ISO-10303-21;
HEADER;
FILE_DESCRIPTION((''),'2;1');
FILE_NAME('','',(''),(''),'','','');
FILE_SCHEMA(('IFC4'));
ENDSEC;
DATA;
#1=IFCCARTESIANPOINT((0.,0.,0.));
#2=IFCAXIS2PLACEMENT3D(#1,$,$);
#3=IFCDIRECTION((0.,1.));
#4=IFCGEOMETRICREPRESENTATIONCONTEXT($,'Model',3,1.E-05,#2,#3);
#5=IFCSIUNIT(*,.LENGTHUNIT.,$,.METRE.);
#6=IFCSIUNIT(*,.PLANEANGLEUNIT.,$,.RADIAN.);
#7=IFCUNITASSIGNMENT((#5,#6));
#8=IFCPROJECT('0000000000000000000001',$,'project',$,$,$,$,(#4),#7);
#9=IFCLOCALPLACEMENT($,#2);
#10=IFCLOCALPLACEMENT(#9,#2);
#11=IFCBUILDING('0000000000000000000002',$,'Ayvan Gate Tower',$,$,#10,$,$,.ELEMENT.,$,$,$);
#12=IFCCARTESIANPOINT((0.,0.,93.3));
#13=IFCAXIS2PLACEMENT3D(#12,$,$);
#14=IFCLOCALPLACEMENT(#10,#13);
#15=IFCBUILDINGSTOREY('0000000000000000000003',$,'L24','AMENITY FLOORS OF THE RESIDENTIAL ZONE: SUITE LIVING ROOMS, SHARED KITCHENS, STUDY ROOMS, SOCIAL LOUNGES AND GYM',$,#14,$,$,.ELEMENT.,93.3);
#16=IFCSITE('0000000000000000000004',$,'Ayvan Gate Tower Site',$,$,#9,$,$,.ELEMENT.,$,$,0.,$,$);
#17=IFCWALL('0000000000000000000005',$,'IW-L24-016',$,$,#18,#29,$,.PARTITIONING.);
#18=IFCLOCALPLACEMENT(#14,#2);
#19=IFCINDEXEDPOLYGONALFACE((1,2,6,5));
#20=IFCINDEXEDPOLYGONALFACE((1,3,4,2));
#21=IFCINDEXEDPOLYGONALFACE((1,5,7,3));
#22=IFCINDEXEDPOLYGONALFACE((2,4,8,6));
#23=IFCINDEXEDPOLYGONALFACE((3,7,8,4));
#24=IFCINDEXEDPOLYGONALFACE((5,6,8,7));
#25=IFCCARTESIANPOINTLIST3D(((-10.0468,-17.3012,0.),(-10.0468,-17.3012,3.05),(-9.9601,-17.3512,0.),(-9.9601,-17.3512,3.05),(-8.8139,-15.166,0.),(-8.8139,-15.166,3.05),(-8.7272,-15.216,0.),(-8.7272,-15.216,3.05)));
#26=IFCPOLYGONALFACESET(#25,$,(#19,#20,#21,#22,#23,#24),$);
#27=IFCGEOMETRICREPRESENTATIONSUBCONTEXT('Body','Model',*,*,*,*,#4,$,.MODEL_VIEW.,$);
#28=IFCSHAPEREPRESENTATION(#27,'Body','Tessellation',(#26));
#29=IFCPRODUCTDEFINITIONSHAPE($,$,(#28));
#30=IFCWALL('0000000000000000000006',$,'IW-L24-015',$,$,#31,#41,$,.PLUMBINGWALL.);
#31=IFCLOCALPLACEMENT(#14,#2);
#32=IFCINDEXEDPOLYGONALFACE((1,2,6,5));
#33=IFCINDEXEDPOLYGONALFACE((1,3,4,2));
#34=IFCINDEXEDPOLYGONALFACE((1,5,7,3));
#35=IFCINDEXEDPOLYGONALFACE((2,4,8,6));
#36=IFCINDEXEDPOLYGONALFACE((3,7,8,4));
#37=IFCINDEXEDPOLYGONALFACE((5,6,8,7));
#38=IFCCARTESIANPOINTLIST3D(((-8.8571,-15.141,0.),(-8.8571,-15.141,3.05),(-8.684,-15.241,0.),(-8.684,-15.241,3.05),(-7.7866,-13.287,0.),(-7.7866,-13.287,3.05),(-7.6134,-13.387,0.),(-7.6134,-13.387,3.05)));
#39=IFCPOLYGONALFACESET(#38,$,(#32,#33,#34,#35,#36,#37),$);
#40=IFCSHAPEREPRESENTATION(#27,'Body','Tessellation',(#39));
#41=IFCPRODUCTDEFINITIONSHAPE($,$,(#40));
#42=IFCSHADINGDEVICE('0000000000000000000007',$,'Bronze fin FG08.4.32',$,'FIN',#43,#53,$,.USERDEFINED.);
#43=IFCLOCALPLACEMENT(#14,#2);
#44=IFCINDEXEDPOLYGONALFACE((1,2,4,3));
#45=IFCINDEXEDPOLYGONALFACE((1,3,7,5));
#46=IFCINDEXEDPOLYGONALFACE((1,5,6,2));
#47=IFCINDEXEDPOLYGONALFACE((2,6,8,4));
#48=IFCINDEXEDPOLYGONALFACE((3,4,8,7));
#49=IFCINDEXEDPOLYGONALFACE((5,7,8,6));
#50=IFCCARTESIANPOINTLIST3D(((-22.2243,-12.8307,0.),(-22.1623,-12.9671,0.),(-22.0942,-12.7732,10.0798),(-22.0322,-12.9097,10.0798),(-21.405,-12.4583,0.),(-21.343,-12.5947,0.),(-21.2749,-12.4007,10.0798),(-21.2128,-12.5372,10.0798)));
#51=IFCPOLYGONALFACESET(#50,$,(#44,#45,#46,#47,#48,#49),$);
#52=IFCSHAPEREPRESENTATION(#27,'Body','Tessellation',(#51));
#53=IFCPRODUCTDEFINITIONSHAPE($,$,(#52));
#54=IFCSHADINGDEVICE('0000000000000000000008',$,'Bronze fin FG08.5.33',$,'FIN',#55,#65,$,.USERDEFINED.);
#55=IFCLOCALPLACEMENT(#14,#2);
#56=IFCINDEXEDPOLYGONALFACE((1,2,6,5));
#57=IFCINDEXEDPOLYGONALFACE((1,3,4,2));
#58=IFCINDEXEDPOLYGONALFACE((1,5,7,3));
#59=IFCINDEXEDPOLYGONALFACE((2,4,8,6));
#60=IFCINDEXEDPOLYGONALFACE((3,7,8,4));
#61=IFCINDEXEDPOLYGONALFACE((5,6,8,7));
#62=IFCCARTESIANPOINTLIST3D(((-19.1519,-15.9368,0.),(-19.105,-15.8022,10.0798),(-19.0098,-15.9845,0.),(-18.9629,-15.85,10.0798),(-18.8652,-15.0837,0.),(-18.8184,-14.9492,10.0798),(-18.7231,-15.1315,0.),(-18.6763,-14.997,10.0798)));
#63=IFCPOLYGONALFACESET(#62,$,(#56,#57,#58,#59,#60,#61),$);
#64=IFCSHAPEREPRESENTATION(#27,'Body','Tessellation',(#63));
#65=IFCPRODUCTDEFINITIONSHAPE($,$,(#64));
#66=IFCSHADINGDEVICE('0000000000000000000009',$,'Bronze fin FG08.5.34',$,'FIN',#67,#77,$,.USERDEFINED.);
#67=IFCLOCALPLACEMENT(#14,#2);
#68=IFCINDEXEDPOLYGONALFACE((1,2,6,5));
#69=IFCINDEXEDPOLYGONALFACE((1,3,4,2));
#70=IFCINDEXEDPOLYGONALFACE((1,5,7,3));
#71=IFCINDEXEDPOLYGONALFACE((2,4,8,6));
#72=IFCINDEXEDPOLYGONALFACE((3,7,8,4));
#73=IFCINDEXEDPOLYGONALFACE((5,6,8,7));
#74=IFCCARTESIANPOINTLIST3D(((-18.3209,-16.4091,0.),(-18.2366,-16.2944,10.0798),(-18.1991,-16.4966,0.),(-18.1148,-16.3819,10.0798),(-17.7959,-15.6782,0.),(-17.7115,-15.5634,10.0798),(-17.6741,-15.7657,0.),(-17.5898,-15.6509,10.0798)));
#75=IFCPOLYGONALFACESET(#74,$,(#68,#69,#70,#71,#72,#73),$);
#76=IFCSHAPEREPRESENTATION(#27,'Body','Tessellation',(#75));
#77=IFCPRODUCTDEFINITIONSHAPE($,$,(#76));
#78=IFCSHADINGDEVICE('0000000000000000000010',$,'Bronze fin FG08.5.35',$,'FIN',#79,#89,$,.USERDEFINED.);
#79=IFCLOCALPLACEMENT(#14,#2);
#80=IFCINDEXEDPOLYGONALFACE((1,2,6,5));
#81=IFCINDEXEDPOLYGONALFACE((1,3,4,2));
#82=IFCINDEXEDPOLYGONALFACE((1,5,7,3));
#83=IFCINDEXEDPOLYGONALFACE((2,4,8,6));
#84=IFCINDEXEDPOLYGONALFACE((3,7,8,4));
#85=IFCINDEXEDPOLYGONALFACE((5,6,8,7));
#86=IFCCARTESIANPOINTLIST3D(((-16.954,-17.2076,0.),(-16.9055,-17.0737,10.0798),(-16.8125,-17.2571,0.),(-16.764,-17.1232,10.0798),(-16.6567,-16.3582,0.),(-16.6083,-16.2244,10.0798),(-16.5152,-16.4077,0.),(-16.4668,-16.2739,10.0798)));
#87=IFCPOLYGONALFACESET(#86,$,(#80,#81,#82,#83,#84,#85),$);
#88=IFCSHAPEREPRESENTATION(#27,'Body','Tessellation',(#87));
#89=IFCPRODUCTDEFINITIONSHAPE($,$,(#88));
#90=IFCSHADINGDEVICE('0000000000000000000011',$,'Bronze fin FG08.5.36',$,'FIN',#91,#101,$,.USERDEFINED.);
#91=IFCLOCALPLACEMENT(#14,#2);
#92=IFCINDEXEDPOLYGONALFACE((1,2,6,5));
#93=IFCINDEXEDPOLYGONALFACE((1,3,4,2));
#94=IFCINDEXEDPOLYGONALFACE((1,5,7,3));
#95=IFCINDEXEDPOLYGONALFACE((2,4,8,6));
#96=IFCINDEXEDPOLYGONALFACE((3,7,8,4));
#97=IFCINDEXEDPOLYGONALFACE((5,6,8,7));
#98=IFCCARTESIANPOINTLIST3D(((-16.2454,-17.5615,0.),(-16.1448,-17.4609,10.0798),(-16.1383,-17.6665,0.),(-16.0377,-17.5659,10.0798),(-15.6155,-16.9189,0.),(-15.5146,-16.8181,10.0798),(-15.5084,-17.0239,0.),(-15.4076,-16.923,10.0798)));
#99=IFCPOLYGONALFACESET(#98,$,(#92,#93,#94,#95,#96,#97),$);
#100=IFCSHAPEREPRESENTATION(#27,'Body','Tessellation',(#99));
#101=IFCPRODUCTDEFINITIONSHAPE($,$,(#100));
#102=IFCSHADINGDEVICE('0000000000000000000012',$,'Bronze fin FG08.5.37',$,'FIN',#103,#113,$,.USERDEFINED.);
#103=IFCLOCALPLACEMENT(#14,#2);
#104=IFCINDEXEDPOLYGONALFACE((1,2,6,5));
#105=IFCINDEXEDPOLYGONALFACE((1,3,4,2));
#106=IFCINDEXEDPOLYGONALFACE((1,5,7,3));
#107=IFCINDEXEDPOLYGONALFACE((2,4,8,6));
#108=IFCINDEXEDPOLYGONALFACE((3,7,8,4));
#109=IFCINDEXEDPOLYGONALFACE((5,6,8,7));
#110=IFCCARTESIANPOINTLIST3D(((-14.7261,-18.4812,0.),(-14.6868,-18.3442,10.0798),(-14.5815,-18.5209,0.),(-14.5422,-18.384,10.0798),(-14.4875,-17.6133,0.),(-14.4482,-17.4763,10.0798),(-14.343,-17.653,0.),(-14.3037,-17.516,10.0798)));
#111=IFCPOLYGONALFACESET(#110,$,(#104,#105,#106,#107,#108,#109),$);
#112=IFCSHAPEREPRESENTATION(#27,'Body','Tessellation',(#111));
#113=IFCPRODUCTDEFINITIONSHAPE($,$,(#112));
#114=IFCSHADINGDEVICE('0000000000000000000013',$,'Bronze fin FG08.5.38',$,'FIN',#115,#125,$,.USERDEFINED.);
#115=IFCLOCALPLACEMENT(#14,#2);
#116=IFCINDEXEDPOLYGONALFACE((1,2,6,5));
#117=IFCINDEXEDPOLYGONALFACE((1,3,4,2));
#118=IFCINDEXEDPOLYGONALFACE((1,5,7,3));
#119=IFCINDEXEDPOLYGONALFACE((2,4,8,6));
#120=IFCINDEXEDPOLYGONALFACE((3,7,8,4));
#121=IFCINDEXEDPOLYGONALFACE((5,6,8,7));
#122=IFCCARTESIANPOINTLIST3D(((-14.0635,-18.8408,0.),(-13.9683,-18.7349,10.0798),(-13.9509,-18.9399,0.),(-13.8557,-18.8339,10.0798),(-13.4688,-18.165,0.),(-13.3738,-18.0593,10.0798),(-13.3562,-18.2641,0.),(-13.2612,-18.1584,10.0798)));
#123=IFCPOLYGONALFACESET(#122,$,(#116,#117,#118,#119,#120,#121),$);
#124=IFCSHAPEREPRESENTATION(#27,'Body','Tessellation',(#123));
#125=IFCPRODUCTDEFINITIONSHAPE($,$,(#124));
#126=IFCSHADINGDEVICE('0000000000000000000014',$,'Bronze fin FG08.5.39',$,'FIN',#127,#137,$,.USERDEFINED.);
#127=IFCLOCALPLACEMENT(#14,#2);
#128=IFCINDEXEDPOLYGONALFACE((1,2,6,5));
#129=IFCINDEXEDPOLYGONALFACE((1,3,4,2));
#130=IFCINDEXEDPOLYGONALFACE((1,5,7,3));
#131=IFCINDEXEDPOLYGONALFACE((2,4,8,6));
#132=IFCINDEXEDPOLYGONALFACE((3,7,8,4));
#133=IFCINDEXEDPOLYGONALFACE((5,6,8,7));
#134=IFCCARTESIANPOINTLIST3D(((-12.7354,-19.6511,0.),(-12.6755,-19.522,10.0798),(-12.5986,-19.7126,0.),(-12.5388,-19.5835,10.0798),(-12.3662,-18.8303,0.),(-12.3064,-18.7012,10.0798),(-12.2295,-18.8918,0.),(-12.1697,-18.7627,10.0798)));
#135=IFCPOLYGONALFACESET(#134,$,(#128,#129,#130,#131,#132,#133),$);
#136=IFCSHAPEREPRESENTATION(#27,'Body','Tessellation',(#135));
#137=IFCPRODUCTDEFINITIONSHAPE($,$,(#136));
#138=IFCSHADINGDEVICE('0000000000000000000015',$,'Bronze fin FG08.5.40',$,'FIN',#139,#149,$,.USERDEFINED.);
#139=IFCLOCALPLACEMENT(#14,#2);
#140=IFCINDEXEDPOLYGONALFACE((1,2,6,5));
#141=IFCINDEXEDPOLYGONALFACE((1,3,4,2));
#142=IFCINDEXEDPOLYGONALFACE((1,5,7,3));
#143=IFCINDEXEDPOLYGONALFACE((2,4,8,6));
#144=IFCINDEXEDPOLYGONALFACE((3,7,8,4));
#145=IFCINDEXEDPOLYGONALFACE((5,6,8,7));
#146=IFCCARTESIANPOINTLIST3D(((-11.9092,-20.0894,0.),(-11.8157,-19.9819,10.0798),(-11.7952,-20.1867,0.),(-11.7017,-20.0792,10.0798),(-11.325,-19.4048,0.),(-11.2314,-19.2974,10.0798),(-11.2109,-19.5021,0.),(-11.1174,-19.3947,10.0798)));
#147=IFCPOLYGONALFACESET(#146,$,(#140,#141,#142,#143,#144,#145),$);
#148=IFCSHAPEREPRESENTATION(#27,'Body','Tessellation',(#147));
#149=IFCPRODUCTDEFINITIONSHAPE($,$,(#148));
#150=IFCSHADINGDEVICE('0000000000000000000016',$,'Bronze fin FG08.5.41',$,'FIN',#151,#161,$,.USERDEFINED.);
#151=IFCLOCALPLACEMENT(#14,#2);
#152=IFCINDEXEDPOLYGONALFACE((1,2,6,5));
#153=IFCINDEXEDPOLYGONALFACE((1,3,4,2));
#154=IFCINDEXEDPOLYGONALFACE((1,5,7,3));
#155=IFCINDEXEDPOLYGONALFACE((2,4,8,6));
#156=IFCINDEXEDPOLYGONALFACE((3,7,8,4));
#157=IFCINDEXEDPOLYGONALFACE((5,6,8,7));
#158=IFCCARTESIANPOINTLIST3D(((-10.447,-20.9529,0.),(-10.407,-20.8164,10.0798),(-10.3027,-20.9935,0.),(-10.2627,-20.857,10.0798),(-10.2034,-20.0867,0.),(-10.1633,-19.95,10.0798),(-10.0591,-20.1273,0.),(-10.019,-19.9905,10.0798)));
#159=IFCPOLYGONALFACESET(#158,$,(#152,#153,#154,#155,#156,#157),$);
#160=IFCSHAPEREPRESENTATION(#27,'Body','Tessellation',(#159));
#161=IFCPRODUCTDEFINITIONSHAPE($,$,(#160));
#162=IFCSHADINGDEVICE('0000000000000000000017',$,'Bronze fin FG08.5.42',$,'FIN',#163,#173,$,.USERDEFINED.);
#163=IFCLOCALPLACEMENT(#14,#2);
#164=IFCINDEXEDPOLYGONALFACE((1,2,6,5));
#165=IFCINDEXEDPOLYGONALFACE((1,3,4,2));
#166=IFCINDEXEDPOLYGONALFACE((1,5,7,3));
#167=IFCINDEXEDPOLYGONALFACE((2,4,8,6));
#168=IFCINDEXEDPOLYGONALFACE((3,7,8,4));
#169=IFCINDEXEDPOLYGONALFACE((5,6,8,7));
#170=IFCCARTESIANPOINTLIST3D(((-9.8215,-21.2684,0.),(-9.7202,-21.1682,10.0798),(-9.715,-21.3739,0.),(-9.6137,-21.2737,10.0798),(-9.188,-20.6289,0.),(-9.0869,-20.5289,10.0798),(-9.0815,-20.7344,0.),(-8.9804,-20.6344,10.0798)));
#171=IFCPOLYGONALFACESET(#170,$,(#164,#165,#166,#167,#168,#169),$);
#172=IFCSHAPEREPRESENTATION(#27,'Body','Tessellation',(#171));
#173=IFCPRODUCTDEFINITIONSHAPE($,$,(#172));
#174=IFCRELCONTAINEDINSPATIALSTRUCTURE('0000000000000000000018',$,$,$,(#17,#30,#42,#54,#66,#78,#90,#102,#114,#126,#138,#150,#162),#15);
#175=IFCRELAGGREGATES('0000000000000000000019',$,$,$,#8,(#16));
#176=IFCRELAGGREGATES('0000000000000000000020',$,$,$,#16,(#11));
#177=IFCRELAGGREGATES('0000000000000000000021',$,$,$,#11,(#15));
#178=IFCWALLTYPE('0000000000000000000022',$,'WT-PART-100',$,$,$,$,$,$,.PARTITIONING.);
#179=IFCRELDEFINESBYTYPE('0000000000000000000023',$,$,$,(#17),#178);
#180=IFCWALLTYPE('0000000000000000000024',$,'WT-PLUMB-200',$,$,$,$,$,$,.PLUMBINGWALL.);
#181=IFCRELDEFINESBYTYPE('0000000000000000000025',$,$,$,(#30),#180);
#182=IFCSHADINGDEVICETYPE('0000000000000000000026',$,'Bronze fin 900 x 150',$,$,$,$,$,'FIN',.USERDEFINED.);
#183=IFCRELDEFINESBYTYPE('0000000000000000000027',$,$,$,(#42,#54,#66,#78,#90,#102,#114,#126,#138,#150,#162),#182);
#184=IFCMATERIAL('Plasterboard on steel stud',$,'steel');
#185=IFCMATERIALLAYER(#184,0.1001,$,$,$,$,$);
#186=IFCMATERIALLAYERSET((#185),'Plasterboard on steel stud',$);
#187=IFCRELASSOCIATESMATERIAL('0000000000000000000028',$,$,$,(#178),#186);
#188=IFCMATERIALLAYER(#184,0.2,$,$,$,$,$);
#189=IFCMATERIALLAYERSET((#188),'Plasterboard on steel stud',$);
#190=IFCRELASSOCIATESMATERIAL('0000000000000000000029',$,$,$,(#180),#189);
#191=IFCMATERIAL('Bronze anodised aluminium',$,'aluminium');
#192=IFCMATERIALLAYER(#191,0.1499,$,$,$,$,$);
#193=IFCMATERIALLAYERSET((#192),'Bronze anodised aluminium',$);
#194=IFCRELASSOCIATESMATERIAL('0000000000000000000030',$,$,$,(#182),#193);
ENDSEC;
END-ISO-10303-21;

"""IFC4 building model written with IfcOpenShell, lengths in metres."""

from ifc_helpers import new_model, si_unit, direction, frame, frame_2d, origin, place, context, subcontext, project, spatial, polyline, rectangle, outline, extrude, material, layer, layer_set, type_object, element, save


model = new_model("IFC4")

# Units and contexts
model_context = context("Model", 3, precision=1e-05, world=origin(), true_north=direction((0.0, 1.0)))
body_context = subcontext(model_context, "Body", "Model", "MODEL_VIEW")
ifc_project = project(units=[si_unit("LENGTHUNIT", "METRE"), si_unit("PLANEANGLEUNIT", "RADIAN")], contexts=[model_context])

# Site, building, storey
site_placement = place(None, origin())
site = spatial("IfcSite", under=ifc_project, at=site_placement, Name="Ayvan Gate Tower Site", CompositionType="ELEMENT", RefElevation=0.0)
building_placement = place(site_placement, origin())
building = spatial("IfcBuilding", under=site, at=building_placement, Name="Ayvan Gate Tower", CompositionType="ELEMENT")
storey_placement = place(building_placement, frame((0.0, 0.0, 93.3)))
storey = spatial("IfcBuildingStorey", under=building, at=storey_placement, Name="L24", Description="AMENITY FLOORS OF THE RESIDENTIAL ZONE: SUITE LIVING ROOMS, SHARED KITCHENS, STUDY ROOMS, SOCIAL LOUNGES AND GYM", CompositionType="ELEMENT", Elevation=93.3)

# Shared definitions
ifc_material_1 = material(Name="Bronze anodised aluminium", Category="aluminium")

# Walls
ifc_material_2 = material(Name="Plasterboard on steel stud", Category="steel")
ifc_layer_1 = layer(ifc_material_2, 0.1001)
ifc_layer_set_1 = layer_set([ifc_layer_1], Name="Plasterboard on steel stud")
wall_type_1 = type_object("IfcWallType", Name="WT-PART-100", PredefinedType="PARTITIONING", material=ifc_layer_set_1)
wall_1_placement = place(storey_placement, frame((-8.7705, -15.1909, 0.0), z_axis=(0.0, 0.0, 1.0), x_axis=(-0.500037, -0.866004, 0.0)))
element("IfcWall", 1, at=wall_1_placement, inside=storey, type_object=wall_type_1, Name="IW-L24-016", PredefinedType="PARTITIONING", context=body_context, shape_type="SweptSolid", body=[
    extrude(rectangle(XDim=2.4656, YDim=0.1001, at=frame_2d((1.2329, 0.0))), origin(), (0.0, 0.0, 1.0), 3.05),
])
ifc_layer_2 = layer(ifc_material_2, 0.2)
ifc_layer_set_2 = layer_set([ifc_layer_2], Name="Plasterboard on steel stud")
wall_type_2 = type_object("IfcWallType", Name="WT-PLUMB-200", PredefinedType="PLUMBINGWALL", material=ifc_layer_set_2)
wall_2_placement = place(storey_placement, frame((-8.7705, -15.1909, 0.0), z_axis=(0.0, 0.0, 1.0), x_axis=(0.500051, 0.865996, 0.0)))
element("IfcWall", 2, at=wall_2_placement, inside=storey, type_object=wall_type_2, Name="IW-L24-015", PredefinedType="PLUMBINGWALL", context=body_context, shape_type="SweptSolid", body=[
    extrude(rectangle(XDim=2.1409, YDim=0.2, at=frame_2d((1.0703, 0.0))), origin(), (0.0, 0.0, 1.0), 3.05),
])

# Shading devices
ifc_layer_3 = layer(ifc_material_1, 0.1499)
ifc_layer_set_3 = layer_set([ifc_layer_3], Name="Bronze anodised aluminium")
shading_device_type = type_object("IfcShadingDeviceType", Name="Bronze fin 900 x 150", ElementType="FIN", PredefinedType="USERDEFINED", material=ifc_layer_set_3)
shading_device_1_placement = place(storey_placement, frame((-21.405, -12.4583, 0.0), z_axis=(-0.413813, 0.910362, 0.000149), x_axis=(-0.910362, -0.413813, 0.0)))
element("IfcShadingDevice", 3, at=shading_device_1_placement, inside=storey, type_object=shading_device_type, Name="Bronze fin FG08.4.32", ObjectType="FIN", PredefinedType="USERDEFINED", context=body_context, shape_type="SweptSolid", body=[
    extrude(outline(polyline([(0.0, 0.0), (0.9, 0.0), (0.7578, 10.0798), (-0.1423, 10.0798), (0.0, 0.0)])), origin(), (0.0, 0.0, -1.0), 0.1499),
])
shading_device_2_placement = place(storey_placement, frame((-18.8652, -15.0837, 0.0), z_axis=(-0.947921, 0.318506, 0.000158), x_axis=(-0.318506, -0.947921, 0.0)))
element("IfcShadingDevice", 4, at=shading_device_2_placement, inside=storey, type_object=shading_device_type, Name="Bronze fin FG08.5.33", ObjectType="FIN", PredefinedType="USERDEFINED", context=body_context, shape_type="SweptSolid", body=[
    extrude(outline(polyline([(0.0, 0.0), (0.8999, 0.0), (0.7574, 10.0798), (-0.1424, 10.0798), (0.0, 0.0)])), origin(), (0.0, 0.0, -1.0), 0.1499),
])
shading_device_3_placement = place(storey_placement, frame((-17.7959, -15.6782, 0.0), z_axis=(-0.8122, 0.583379, 0.000156), x_axis=(-0.583379, -0.8122, 0.0)))
element("IfcShadingDevice", 5, at=shading_device_3_placement, inside=storey, type_object=shading_device_type, Name="Bronze fin FG08.5.34", ObjectType="FIN", PredefinedType="USERDEFINED", context=body_context, shape_type="SweptSolid", body=[
    extrude(outline(polyline([(0.0, 0.0), (0.8999, 0.0), (0.7576, 10.0798), (-0.1425, 10.0798), (0.0, 0.0)])), origin(), (0.0, 0.0, -1.0), 0.1499),
])
shading_device_4_placement = place(storey_placement, frame((-16.6567, -16.3582, 0.0), z_axis=(-0.943871, 0.330314, 0.000154), x_axis=(-0.330314, -0.943871, 0.0)))
element("IfcShadingDevice", 6, at=shading_device_4_placement, inside=storey, type_object=shading_device_type, Name="Bronze fin FG08.5.35", ObjectType="FIN", PredefinedType="USERDEFINED", context=body_context, shape_type="SweptSolid", body=[
    extrude(outline(polyline([(0.0, 0.0), (0.8999, 0.0), (0.7576, 10.0798), (-0.1422, 10.0798), (0.0, 0.0)])), origin(), (0.0, 0.0, -1.0), 0.1499),
])
shading_device_5_placement = place(storey_placement, frame((-15.6155, -16.9189, 0.0), z_axis=(-0.714125, 0.700019, 0.000141), x_axis=(-0.700019, -0.714125, 0.0)))
element("IfcShadingDevice", 7, at=shading_device_5_placement, inside=storey, type_object=shading_device_type, Name="Bronze fin FG08.5.36", ObjectType="FIN", PredefinedType="USERDEFINED", context=body_context, shape_type="SweptSolid", body=[
    extrude(outline(polyline([(0.0, 0.0), (0.8998, 0.0), (0.7576, 10.0798), (-0.1426, 10.0798), (0.0, 0.0)])), origin(), (0.0, 0.0, -1.0), 0.1499),
])
shading_device_6_placement = place(storey_placement, frame((-14.4875, -17.6133, 0.0), z_axis=(-0.964249, 0.264999, 0.000159), x_axis=(-0.264999, -0.964249, 0.0)))
element("IfcShadingDevice", 8, at=shading_device_6_placement, inside=storey, type_object=shading_device_type, Name="Bronze fin FG08.5.37", ObjectType="FIN", PredefinedType="USERDEFINED", context=body_context, shape_type="SweptSolid", body=[
    extrude(outline(polyline([(0.0, 0.0), (0.9001, 0.0), (0.7576, 10.0798), (-0.1425, 10.0798), (0.0, 0.0)])), origin(), (0.0, 0.0, -1.0), 0.1499),
])
shading_device_7_placement = place(storey_placement, frame((-13.4688, -18.165, 0.0), z_axis=(-0.7507, 0.660643, 0.000146), x_axis=(-0.660643, -0.7507, 0.0)))
element("IfcShadingDevice", 9, at=shading_device_7_placement, inside=storey, type_object=shading_device_type, Name="Bronze fin FG08.5.38", ObjectType="FIN", PredefinedType="USERDEFINED", context=body_context, shape_type="SweptSolid", body=[
    extrude(outline(polyline([(0.0, 0.0), (0.9002, 0.0), (0.7578, 10.0798), (-0.1421, 10.0798), (0.0, 0.0)])), origin(), (0.0, 0.0, -1.0), 0.1499),
])
shading_device_8_placement = place(storey_placement, frame((-12.3662, -18.8303, 0.0), z_axis=(-0.912013, 0.410162, 0.000157), x_axis=(-0.410162, -0.912013, 0.0)))
element("IfcShadingDevice", 10, at=shading_device_8_placement, inside=storey, type_object=shading_device_type, Name="Bronze fin FG08.5.39", ObjectType="FIN", PredefinedType="USERDEFINED", context=body_context, shape_type="SweptSolid", body=[
    extrude(outline(polyline([(0.0, 0.0), (0.9, 0.0), (0.7577, 10.0798), (-0.1423, 10.0798), (0.0, 0.0)])), origin(), (0.0, 0.0, -1.0), 0.1499),
])
shading_device_9_placement = place(storey_placement, frame((-11.325, -19.4048, 0.0), z_axis=(-0.760653, 0.649159, 0.000138), x_axis=(-0.649159, -0.760653, 0.0)))
element("IfcShadingDevice", 11, at=shading_device_9_placement, inside=storey, type_object=shading_device_type, Name="Bronze fin FG08.5.40", ObjectType="FIN", PredefinedType="USERDEFINED", context=body_context, shape_type="SweptSolid", body=[
    extrude(outline(polyline([(0.0, 0.0), (0.9, 0.0), (0.7576, 10.0798), (-0.1424, 10.0798), (0.0, 0.0)])), origin(), (0.0, 0.0, -1.0), 0.1499),
])
shading_device_10_placement = place(storey_placement, frame((-10.2034, -20.0867, 0.0), z_axis=(-0.962652, 0.270742, 0.000155), x_axis=(-0.270742, -0.962652, 0.0)))
element("IfcShadingDevice", 12, at=shading_device_10_placement, inside=storey, type_object=shading_device_type, Name="Bronze fin FG08.5.41", ObjectType="FIN", PredefinedType="USERDEFINED", context=body_context, shape_type="SweptSolid", body=[
    extrude(outline(polyline([(0.0, 0.0), (0.8998, 0.0), (0.7576, 10.0798), (-0.1425, 10.0798), (0.0, 0.0)])), origin(), (0.0, 0.0, -1.0), 0.1499),
])
shading_device_11_placement = place(storey_placement, frame((-9.188, -20.6289, 0.0), z_axis=(-0.710422, 0.703776, 0.000143), x_axis=(-0.703776, -0.710422, 0.0)))
element("IfcShadingDevice", 13, at=shading_device_11_placement, inside=storey, type_object=shading_device_type, Name="Bronze fin FG08.5.42", ObjectType="FIN", PredefinedType="USERDEFINED", context=body_context, shape_type="SweptSolid", body=[
    extrude(outline(polyline([(0.0, 0.0), (0.9001, 0.0), (0.7577, 10.0798), (-0.1422, 10.0798), (0.0, 0.0)])), origin(), (0.0, 0.0, -1.0), 0.1499),
])

save(model, "model.ifc")
